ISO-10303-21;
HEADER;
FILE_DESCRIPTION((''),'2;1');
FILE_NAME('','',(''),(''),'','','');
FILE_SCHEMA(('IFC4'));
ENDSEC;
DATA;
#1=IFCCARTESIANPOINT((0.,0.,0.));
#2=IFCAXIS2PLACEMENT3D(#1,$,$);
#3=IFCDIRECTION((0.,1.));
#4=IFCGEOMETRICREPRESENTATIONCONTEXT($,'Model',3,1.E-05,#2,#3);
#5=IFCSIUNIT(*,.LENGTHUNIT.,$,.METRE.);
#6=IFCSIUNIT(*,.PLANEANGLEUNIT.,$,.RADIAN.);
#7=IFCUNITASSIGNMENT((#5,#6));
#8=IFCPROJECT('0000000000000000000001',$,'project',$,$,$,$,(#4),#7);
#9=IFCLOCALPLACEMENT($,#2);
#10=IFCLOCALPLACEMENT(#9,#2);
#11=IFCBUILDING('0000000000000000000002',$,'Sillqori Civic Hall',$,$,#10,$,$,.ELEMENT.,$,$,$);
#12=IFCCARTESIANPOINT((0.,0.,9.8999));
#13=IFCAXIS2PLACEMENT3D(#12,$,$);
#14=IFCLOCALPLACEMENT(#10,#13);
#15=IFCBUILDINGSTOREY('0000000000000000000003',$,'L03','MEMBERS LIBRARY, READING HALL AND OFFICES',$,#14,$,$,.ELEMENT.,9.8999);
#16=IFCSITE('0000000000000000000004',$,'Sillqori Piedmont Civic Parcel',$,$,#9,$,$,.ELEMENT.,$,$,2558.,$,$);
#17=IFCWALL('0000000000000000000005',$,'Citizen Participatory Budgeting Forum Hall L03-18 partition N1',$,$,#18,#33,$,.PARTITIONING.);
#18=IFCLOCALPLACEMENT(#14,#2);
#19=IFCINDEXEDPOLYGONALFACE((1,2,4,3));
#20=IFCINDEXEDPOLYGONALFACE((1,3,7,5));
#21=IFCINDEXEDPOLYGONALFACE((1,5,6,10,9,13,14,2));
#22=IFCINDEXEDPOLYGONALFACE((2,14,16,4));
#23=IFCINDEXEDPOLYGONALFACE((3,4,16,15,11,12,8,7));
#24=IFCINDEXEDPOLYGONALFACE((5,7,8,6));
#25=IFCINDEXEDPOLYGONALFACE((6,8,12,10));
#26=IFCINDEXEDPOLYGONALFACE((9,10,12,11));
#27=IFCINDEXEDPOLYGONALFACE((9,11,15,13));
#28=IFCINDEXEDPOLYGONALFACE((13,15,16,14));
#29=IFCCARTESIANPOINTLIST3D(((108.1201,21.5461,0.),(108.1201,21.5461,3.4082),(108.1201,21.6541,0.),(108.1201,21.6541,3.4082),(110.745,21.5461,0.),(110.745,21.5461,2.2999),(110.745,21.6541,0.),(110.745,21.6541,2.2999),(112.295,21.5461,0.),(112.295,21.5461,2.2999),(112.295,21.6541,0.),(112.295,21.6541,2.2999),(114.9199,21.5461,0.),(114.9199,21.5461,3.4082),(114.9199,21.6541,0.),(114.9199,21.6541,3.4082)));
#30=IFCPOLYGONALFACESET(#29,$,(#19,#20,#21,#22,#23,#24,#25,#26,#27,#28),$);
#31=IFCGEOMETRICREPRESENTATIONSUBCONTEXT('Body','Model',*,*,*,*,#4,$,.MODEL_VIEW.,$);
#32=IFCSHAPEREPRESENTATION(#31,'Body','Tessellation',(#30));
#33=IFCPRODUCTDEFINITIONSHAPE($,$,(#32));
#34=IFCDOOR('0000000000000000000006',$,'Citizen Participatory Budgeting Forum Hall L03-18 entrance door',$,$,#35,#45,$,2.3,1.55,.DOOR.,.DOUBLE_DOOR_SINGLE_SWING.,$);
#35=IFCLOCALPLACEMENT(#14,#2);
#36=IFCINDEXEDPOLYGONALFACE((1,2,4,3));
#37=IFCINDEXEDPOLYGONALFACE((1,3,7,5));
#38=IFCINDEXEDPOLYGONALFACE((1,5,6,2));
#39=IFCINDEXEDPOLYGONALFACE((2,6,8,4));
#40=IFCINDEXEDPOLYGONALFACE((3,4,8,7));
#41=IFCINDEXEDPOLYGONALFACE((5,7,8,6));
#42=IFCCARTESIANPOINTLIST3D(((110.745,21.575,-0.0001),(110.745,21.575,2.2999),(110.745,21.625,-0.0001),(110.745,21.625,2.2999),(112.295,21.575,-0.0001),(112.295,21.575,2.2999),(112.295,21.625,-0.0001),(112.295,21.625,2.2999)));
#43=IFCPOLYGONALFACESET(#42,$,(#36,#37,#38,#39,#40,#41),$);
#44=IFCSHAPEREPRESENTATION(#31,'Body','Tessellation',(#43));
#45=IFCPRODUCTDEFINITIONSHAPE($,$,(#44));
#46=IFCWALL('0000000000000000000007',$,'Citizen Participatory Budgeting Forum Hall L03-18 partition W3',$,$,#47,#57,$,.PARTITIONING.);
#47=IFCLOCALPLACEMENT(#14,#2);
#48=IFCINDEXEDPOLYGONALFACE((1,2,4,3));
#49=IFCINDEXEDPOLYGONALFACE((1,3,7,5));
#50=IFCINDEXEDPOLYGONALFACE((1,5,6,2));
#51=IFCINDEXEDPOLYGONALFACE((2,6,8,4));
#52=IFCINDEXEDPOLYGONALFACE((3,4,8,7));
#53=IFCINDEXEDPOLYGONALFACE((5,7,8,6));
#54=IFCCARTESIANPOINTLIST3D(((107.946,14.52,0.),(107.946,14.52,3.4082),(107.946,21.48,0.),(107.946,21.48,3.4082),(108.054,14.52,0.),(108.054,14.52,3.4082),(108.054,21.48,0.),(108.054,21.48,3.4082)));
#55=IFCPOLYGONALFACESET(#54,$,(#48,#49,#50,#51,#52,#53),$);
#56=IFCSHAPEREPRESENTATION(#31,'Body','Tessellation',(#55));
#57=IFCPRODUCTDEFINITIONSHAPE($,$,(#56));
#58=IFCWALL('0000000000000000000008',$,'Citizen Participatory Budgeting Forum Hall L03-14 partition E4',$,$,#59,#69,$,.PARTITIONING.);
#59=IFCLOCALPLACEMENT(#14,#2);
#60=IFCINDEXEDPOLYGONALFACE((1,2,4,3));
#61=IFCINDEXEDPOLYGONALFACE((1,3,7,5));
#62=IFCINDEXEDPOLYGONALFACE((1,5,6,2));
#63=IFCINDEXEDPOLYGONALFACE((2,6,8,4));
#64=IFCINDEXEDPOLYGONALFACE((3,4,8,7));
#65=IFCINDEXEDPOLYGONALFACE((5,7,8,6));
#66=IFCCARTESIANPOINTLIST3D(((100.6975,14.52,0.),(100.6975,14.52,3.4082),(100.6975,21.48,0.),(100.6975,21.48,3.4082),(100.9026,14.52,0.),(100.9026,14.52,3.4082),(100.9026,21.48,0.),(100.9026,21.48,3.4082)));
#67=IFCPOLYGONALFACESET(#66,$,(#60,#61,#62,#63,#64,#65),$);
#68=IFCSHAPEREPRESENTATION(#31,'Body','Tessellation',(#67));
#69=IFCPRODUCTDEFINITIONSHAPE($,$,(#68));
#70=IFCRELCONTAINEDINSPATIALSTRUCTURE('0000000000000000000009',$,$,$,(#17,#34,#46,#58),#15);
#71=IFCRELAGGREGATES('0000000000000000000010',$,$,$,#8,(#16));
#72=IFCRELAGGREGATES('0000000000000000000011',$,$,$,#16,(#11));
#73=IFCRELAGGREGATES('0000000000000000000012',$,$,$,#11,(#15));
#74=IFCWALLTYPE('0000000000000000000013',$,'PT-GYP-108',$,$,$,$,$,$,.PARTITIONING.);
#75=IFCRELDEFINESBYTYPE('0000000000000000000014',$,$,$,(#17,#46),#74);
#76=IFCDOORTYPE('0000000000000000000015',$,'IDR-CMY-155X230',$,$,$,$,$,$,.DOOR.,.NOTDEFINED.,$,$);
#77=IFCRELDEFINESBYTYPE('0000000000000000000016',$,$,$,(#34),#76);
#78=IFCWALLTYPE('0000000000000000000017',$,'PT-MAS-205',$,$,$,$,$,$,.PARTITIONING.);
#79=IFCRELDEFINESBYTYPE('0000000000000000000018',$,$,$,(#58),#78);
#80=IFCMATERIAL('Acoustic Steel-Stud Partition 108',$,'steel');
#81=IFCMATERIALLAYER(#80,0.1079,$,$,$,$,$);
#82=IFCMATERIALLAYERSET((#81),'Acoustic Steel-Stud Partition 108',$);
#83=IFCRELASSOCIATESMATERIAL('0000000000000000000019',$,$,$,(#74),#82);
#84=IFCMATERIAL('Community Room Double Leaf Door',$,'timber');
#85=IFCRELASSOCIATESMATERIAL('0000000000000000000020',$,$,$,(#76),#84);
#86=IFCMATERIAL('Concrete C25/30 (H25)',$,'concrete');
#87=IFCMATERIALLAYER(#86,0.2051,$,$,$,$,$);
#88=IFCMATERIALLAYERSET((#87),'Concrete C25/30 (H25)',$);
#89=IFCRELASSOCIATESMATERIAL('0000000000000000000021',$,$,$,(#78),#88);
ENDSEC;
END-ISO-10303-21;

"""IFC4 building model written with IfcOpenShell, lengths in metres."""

from ifc_helpers import new_model, si_unit, direction, frame, frame_2d, origin, place, context, subcontext, project, spatial, rectangle, extrude, material, layer, layer_set, type_object, element, fill, save


model = new_model("IFC4")

# Units and contexts
model_context = context("Model", 3, precision=1e-05, world=origin(), true_north=direction((0.0, 1.0)))
body_context = subcontext(model_context, "Body", "Model", "MODEL_VIEW")
ifc_project = project(units=[si_unit("LENGTHUNIT", "METRE"), si_unit("PLANEANGLEUNIT", "RADIAN")], contexts=[model_context])

# Site, building, storey
site_placement = place(None, origin())
site = spatial("IfcSite", under=ifc_project, at=site_placement, Name="Sillqori Piedmont Civic Parcel", CompositionType="ELEMENT", RefElevation=2558.0)
building_placement = place(site_placement, origin())
building = spatial("IfcBuilding", under=site, at=building_placement, Name="Sillqori Civic Hall", CompositionType="ELEMENT")
storey_placement = place(building_placement, frame((0.0, 0.0, 9.8999)))
storey = spatial("IfcBuildingStorey", under=building, at=storey_placement, Name="L03", Description="MEMBERS LIBRARY, READING HALL AND OFFICES", CompositionType="ELEMENT", Elevation=9.8999)

# Wall, opening, door
ifc_material_1 = material(Name="Acoustic Steel-Stud Partition 108", Category="steel")
ifc_layer_1 = layer(ifc_material_1, 0.1079)
ifc_layer_set_1 = layer_set([ifc_layer_1], Name="Acoustic Steel-Stud Partition 108")
wall_type_1 = type_object("IfcWallType", Name="PT-GYP-108", PredefinedType="PARTITIONING", material=ifc_layer_set_1)
wall_1_placement = place(storey_placement, frame((108.1201, 21.6001, 0.0), z_axis=(0.0, 0.0, 1.0), x_axis=(1.0, 0.0, 0.0)))
wall_1 = element("IfcWall", 1, at=wall_1_placement, inside=storey, type_object=wall_type_1, Name="Citizen Participatory Budgeting Forum Hall L03-18 partition N1", PredefinedType="PARTITIONING", context=body_context, shape_type="SweptSolid", body=[
    extrude(rectangle(XDim=6.7998, YDim=0.1079, at=frame_2d((3.3999, 0.0))), origin(), (0.0, 0.0, 1.0), 3.4082),
])
opening_placement = place(wall_1_placement, frame((2.625, 0.0, 0.0)))
opening = element("IfcOpeningElement", 2, at=opening_placement, cuts=wall_1, PredefinedType="OPENING", context=body_context, shape_type="SweptSolid", body=[
    extrude(rectangle(XDim=1.55, YDim=2.3, at=frame_2d((0.7749, 1.1499))), frame((0.0, 0.064, 0.0), z_axis=(0.0, -1.0, 0.0), x_axis=(1.0, 0.0, 0.0)), (0.0, 0.0, 1.0), 0.1279),
])
ifc_material_2 = material(Name="Community Room Double Leaf Door", Category="timber")
door_type = type_object("IfcDoorType", Name="IDR-CMY-155X230", OperationType="NOTDEFINED", PredefinedType="DOOR", material=ifc_material_2)
door_placement = place(opening_placement, origin())
door = element("IfcDoor", 3, at=door_placement, inside=storey, type_object=door_type, Name="Citizen Participatory Budgeting Forum Hall L03-18 entrance door", OperationType="DOUBLE_DOOR_SINGLE_SWING", OverallHeight=2.3, OverallWidth=1.55, PredefinedType="DOOR", context=body_context, shape_type="SweptSolid", body=[
    extrude(rectangle(XDim=1.55, YDim=2.3, at=frame_2d((0.7749, 1.1499))), frame((0.0, 0.0249, 0.0), z_axis=(0.0, -1.0, 0.0), x_axis=(1.0, 0.0, 0.0)), (0.0, 0.0, 1.0), 0.05),
])
fill(opening, door)

# Walls
wall_2_placement = place(storey_placement, frame((108.0, 14.52, 0.0), z_axis=(0.0, 0.0, 1.0), x_axis=(0.0, 1.0, 0.0)))
element("IfcWall", 4, at=wall_2_placement, inside=storey, type_object=wall_type_1, Name="Citizen Participatory Budgeting Forum Hall L03-18 partition W3", PredefinedType="PARTITIONING", context=body_context, shape_type="SweptSolid", body=[
    extrude(rectangle(XDim=6.96, YDim=0.1079, at=frame_2d((3.48, 0.0))), origin(), (0.0, 0.0, 1.0), 3.4082),
])
ifc_material_3 = material(Name="Concrete C25/30 (H25)", Category="concrete")
ifc_layer_2 = layer(ifc_material_3, 0.2051)
ifc_layer_set_2 = layer_set([ifc_layer_2], Name="Concrete C25/30 (H25)")
wall_type_2 = type_object("IfcWallType", Name="PT-MAS-205", PredefinedType="PARTITIONING", material=ifc_layer_set_2)
wall_3_placement = place(storey_placement, frame((100.8, 21.48, 0.0), z_axis=(0.0, 0.0, 1.0), x_axis=(0.0, -1.0, 0.0)))
element("IfcWall", 5, at=wall_3_placement, inside=storey, type_object=wall_type_2, Name="Citizen Participatory Budgeting Forum Hall L03-14 partition E4", PredefinedType="PARTITIONING", context=body_context, shape_type="SweptSolid", body=[
    extrude(rectangle(XDim=6.96, YDim=0.2051, at=frame_2d((3.48, 0.0))), origin(), (0.0, 0.0, 1.0), 3.4082),
])

save(model, "model.ifc")
